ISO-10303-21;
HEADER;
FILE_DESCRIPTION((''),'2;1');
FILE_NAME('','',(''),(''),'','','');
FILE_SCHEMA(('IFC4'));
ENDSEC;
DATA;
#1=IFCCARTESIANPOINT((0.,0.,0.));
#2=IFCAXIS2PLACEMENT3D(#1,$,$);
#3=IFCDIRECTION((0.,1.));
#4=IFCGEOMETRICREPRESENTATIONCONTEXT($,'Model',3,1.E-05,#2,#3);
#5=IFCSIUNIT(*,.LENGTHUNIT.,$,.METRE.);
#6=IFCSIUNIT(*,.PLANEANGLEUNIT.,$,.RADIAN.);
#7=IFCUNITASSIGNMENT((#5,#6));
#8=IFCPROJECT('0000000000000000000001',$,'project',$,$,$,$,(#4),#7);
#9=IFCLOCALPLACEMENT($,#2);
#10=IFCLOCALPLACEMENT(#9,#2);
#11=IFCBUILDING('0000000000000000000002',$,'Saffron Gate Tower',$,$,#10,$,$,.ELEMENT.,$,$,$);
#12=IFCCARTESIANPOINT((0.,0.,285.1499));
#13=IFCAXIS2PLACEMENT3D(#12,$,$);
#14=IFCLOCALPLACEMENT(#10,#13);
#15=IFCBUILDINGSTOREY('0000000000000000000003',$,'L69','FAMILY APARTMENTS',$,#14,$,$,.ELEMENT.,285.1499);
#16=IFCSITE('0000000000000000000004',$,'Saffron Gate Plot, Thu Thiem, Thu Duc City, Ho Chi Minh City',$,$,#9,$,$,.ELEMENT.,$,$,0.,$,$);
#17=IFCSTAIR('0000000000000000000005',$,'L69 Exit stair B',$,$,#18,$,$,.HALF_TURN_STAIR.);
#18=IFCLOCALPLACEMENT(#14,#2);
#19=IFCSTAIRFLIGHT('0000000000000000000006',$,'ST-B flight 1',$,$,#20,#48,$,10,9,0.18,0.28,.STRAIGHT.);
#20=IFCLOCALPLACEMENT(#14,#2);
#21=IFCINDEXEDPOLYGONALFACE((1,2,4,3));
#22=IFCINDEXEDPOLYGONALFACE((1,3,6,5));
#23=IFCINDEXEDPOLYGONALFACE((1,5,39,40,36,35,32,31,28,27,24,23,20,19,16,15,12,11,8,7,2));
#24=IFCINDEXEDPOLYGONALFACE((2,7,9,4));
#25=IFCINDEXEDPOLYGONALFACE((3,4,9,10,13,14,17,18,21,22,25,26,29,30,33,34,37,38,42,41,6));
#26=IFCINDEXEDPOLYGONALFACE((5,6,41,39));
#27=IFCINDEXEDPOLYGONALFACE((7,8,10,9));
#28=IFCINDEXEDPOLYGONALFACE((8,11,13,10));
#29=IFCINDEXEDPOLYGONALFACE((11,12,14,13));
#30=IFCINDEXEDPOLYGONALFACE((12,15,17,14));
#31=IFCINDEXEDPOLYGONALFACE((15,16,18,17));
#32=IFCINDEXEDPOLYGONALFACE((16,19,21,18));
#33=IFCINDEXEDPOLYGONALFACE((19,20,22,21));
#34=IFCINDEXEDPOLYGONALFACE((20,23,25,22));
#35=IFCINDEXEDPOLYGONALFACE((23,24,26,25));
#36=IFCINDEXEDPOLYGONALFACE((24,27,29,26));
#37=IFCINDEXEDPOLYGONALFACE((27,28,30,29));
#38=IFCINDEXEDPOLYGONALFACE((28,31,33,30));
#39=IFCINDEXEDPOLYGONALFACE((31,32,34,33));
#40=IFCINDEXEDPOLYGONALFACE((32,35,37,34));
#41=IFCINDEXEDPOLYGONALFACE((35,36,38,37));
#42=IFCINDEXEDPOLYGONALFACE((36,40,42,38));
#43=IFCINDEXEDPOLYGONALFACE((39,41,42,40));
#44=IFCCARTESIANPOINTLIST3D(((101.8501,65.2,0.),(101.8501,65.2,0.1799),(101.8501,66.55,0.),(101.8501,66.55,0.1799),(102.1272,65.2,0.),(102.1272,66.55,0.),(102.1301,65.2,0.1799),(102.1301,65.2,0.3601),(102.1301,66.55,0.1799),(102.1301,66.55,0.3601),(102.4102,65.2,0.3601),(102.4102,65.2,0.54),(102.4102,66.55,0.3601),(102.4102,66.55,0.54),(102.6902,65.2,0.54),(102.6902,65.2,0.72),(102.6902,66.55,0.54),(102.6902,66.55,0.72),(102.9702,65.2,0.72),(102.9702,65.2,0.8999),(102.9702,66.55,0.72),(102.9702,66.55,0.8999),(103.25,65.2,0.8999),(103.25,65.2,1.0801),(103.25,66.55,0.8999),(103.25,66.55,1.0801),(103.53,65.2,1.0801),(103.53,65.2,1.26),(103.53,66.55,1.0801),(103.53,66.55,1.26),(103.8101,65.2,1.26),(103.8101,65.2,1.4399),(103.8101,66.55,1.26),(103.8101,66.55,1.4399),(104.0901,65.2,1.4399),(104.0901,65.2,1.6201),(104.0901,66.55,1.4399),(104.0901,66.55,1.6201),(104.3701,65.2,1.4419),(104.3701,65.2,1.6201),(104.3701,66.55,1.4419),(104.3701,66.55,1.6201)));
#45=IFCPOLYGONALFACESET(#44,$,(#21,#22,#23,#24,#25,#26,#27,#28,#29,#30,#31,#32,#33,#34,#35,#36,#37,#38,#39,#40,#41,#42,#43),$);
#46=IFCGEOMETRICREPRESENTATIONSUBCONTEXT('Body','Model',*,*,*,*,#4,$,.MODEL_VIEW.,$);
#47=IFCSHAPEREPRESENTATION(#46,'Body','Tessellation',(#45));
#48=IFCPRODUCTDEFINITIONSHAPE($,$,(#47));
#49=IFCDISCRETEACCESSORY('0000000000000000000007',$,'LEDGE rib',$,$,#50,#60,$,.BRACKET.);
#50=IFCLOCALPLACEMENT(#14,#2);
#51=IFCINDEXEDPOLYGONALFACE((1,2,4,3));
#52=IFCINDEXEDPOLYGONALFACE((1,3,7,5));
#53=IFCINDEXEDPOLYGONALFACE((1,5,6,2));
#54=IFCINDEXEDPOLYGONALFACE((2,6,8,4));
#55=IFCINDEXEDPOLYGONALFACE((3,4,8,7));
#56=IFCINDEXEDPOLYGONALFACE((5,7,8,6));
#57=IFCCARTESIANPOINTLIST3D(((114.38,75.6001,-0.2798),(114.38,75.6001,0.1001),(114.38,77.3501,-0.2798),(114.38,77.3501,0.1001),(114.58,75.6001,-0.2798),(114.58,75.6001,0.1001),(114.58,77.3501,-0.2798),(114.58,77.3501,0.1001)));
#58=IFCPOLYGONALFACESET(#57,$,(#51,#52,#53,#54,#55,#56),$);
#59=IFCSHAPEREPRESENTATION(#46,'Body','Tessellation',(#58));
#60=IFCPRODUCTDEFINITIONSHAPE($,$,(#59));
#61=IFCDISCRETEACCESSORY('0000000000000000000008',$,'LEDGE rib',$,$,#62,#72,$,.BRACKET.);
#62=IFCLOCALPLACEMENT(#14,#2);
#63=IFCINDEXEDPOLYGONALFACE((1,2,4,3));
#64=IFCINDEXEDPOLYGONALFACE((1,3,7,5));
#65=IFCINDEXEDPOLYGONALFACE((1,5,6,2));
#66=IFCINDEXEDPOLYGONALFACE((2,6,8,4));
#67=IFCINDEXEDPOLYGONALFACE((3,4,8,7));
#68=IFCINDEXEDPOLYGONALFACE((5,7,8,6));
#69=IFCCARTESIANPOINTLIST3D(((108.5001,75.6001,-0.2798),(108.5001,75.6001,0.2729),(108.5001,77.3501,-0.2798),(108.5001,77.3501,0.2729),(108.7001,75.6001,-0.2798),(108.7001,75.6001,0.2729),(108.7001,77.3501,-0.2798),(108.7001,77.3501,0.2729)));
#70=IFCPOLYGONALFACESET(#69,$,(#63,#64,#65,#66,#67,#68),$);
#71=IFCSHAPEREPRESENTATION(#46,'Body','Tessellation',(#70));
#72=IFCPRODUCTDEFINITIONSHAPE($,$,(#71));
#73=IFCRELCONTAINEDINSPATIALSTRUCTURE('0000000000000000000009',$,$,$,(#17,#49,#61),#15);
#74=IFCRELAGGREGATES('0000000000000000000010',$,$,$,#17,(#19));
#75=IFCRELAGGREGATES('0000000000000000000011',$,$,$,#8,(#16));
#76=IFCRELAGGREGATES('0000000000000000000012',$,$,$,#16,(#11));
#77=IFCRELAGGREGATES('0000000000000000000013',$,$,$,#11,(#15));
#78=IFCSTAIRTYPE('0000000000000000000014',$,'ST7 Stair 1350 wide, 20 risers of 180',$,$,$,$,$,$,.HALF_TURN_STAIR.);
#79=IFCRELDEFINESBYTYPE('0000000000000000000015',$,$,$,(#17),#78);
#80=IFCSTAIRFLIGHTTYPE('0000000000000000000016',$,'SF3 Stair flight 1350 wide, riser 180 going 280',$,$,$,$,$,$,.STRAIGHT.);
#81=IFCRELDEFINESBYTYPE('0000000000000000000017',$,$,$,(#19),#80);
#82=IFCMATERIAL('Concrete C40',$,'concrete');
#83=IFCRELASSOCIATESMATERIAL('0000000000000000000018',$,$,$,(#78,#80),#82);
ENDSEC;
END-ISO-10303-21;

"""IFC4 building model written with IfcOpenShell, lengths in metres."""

from ifc_helpers import new_model, si_unit, direction, frame, origin, origin_2d, place, context, subcontext, project, spatial, polyline, rectangle, outline, extrude, material, type_object, element, aggregate, save


model = new_model("IFC4")

# Units and contexts
model_context = context("Model", 3, precision=1e-05, world=origin(), true_north=direction((0.0, 1.0)))
body_context = subcontext(model_context, "Body", "Model", "MODEL_VIEW")
ifc_project = project(units=[si_unit("LENGTHUNIT", "METRE"), si_unit("PLANEANGLEUNIT", "RADIAN")], contexts=[model_context])

# Site, building, storey
site_placement = place(None, origin())
site = spatial("IfcSite", under=ifc_project, at=site_placement, Name="Saffron Gate Plot, Thu Thiem, Thu Duc City, Ho Chi Minh City", CompositionType="ELEMENT", RefElevation=0.0)
building_placement = place(site_placement, origin())
building = spatial("IfcBuilding", under=site, at=building_placement, Name="Saffron Gate Tower", CompositionType="ELEMENT")
storey_placement = place(building_placement, frame((0.0, 0.0, 285.1499)))
storey = spatial("IfcBuildingStorey", under=building, at=storey_placement, Name="L69", Description="FAMILY APARTMENTS", CompositionType="ELEMENT", Elevation=285.1499)

# Shared definitions
ifc_material_1 = material(Name="Concrete C40", Category="concrete")

# Stair, stair flight
stair_type = type_object("IfcStairType", Name="ST7 Stair 1350 wide, 20 risers of 180", PredefinedType="HALF_TURN_STAIR", material=ifc_material_1)
stair_placement = place(storey_placement, origin())
stair = element("IfcStair", 1, at=stair_placement, inside=storey, type_object=stair_type, Name="L69 Exit stair B", PredefinedType="HALF_TURN_STAIR")
stair_flight_type = type_object("IfcStairFlightType", Name="SF3 Stair flight 1350 wide, riser 180 going 280", PredefinedType="STRAIGHT", material=ifc_material_1)
stair_flight_placement = place(storey_placement, frame((101.8501, 65.875, 0.0), z_axis=(0.0, 0.0, 1.0), x_axis=(1.0, 0.0, 0.0)))
stair_flight = element("IfcStairFlight", 2, at=stair_flight_placement, type_object=stair_flight_type, Name="ST-B flight 1", NumberOfRisers=10, NumberOfTreads=9, PredefinedType="STRAIGHT", RiserHeight=0.18, TreadLength=0.28, context=body_context, shape_type="SweptSolid", body=[
    extrude(outline(polyline([(0.0, 0.0), (0.0, 0.1799), (0.28, 0.1799), (0.28, 0.3601), (0.5601, 0.3601), (0.5601, 0.54), (0.8401, 0.54), (0.8401, 0.72), (1.1201, 0.72), (1.1201, 0.8999), (1.3999, 0.8999), (1.3999, 1.0801), (1.6799, 1.0801), (1.6799, 1.26), (1.96, 1.26), (1.96, 1.4399), (2.24, 1.4399), (2.24, 1.6201), (2.52, 1.6201), (2.52, 1.8), (2.52, 1.4419), (0.2771, 0.0), (0.0, 0.0)])), frame((0.0, 0.675, 0.0), z_axis=(0.0, -1.0, 0.0), x_axis=(1.0, 0.0, 0.0)), (0.0, 0.0, 1.0), 1.3501),
])
aggregate(stair, [stair_flight])

# Discrete accessories
discrete_accessory_1_placement = place(storey_placement, frame((114.48, 76.4751, -0.2798), z_axis=(0.0, 0.0, 1.0), x_axis=(-1.0, 0.0, 0.0)))
element("IfcDiscreteAccessory", 3, at=discrete_accessory_1_placement, inside=storey, Name="LEDGE rib", PredefinedType="BRACKET", context=body_context, shape_type="SweptSolid", body=[
    extrude(rectangle(XDim=0.2, YDim=1.75, at=origin_2d()), origin(), (0.0, 0.0, 1.0), 0.3799),
])
discrete_accessory_2_placement = place(storey_placement, frame((108.6001, 76.4751, -0.2798), z_axis=(0.0, 0.0, 1.0), x_axis=(-1.0, 0.0, 0.0)))
element("IfcDiscreteAccessory", 4, at=discrete_accessory_2_placement, inside=storey, Name="LEDGE rib", PredefinedType="BRACKET", context=body_context, shape_type="SweptSolid", body=[
    extrude(rectangle(XDim=0.2, YDim=1.75, at=origin_2d()), origin(), (0.0, 0.0, 1.0), 0.5527),
])

save(model, "model.ifc")
